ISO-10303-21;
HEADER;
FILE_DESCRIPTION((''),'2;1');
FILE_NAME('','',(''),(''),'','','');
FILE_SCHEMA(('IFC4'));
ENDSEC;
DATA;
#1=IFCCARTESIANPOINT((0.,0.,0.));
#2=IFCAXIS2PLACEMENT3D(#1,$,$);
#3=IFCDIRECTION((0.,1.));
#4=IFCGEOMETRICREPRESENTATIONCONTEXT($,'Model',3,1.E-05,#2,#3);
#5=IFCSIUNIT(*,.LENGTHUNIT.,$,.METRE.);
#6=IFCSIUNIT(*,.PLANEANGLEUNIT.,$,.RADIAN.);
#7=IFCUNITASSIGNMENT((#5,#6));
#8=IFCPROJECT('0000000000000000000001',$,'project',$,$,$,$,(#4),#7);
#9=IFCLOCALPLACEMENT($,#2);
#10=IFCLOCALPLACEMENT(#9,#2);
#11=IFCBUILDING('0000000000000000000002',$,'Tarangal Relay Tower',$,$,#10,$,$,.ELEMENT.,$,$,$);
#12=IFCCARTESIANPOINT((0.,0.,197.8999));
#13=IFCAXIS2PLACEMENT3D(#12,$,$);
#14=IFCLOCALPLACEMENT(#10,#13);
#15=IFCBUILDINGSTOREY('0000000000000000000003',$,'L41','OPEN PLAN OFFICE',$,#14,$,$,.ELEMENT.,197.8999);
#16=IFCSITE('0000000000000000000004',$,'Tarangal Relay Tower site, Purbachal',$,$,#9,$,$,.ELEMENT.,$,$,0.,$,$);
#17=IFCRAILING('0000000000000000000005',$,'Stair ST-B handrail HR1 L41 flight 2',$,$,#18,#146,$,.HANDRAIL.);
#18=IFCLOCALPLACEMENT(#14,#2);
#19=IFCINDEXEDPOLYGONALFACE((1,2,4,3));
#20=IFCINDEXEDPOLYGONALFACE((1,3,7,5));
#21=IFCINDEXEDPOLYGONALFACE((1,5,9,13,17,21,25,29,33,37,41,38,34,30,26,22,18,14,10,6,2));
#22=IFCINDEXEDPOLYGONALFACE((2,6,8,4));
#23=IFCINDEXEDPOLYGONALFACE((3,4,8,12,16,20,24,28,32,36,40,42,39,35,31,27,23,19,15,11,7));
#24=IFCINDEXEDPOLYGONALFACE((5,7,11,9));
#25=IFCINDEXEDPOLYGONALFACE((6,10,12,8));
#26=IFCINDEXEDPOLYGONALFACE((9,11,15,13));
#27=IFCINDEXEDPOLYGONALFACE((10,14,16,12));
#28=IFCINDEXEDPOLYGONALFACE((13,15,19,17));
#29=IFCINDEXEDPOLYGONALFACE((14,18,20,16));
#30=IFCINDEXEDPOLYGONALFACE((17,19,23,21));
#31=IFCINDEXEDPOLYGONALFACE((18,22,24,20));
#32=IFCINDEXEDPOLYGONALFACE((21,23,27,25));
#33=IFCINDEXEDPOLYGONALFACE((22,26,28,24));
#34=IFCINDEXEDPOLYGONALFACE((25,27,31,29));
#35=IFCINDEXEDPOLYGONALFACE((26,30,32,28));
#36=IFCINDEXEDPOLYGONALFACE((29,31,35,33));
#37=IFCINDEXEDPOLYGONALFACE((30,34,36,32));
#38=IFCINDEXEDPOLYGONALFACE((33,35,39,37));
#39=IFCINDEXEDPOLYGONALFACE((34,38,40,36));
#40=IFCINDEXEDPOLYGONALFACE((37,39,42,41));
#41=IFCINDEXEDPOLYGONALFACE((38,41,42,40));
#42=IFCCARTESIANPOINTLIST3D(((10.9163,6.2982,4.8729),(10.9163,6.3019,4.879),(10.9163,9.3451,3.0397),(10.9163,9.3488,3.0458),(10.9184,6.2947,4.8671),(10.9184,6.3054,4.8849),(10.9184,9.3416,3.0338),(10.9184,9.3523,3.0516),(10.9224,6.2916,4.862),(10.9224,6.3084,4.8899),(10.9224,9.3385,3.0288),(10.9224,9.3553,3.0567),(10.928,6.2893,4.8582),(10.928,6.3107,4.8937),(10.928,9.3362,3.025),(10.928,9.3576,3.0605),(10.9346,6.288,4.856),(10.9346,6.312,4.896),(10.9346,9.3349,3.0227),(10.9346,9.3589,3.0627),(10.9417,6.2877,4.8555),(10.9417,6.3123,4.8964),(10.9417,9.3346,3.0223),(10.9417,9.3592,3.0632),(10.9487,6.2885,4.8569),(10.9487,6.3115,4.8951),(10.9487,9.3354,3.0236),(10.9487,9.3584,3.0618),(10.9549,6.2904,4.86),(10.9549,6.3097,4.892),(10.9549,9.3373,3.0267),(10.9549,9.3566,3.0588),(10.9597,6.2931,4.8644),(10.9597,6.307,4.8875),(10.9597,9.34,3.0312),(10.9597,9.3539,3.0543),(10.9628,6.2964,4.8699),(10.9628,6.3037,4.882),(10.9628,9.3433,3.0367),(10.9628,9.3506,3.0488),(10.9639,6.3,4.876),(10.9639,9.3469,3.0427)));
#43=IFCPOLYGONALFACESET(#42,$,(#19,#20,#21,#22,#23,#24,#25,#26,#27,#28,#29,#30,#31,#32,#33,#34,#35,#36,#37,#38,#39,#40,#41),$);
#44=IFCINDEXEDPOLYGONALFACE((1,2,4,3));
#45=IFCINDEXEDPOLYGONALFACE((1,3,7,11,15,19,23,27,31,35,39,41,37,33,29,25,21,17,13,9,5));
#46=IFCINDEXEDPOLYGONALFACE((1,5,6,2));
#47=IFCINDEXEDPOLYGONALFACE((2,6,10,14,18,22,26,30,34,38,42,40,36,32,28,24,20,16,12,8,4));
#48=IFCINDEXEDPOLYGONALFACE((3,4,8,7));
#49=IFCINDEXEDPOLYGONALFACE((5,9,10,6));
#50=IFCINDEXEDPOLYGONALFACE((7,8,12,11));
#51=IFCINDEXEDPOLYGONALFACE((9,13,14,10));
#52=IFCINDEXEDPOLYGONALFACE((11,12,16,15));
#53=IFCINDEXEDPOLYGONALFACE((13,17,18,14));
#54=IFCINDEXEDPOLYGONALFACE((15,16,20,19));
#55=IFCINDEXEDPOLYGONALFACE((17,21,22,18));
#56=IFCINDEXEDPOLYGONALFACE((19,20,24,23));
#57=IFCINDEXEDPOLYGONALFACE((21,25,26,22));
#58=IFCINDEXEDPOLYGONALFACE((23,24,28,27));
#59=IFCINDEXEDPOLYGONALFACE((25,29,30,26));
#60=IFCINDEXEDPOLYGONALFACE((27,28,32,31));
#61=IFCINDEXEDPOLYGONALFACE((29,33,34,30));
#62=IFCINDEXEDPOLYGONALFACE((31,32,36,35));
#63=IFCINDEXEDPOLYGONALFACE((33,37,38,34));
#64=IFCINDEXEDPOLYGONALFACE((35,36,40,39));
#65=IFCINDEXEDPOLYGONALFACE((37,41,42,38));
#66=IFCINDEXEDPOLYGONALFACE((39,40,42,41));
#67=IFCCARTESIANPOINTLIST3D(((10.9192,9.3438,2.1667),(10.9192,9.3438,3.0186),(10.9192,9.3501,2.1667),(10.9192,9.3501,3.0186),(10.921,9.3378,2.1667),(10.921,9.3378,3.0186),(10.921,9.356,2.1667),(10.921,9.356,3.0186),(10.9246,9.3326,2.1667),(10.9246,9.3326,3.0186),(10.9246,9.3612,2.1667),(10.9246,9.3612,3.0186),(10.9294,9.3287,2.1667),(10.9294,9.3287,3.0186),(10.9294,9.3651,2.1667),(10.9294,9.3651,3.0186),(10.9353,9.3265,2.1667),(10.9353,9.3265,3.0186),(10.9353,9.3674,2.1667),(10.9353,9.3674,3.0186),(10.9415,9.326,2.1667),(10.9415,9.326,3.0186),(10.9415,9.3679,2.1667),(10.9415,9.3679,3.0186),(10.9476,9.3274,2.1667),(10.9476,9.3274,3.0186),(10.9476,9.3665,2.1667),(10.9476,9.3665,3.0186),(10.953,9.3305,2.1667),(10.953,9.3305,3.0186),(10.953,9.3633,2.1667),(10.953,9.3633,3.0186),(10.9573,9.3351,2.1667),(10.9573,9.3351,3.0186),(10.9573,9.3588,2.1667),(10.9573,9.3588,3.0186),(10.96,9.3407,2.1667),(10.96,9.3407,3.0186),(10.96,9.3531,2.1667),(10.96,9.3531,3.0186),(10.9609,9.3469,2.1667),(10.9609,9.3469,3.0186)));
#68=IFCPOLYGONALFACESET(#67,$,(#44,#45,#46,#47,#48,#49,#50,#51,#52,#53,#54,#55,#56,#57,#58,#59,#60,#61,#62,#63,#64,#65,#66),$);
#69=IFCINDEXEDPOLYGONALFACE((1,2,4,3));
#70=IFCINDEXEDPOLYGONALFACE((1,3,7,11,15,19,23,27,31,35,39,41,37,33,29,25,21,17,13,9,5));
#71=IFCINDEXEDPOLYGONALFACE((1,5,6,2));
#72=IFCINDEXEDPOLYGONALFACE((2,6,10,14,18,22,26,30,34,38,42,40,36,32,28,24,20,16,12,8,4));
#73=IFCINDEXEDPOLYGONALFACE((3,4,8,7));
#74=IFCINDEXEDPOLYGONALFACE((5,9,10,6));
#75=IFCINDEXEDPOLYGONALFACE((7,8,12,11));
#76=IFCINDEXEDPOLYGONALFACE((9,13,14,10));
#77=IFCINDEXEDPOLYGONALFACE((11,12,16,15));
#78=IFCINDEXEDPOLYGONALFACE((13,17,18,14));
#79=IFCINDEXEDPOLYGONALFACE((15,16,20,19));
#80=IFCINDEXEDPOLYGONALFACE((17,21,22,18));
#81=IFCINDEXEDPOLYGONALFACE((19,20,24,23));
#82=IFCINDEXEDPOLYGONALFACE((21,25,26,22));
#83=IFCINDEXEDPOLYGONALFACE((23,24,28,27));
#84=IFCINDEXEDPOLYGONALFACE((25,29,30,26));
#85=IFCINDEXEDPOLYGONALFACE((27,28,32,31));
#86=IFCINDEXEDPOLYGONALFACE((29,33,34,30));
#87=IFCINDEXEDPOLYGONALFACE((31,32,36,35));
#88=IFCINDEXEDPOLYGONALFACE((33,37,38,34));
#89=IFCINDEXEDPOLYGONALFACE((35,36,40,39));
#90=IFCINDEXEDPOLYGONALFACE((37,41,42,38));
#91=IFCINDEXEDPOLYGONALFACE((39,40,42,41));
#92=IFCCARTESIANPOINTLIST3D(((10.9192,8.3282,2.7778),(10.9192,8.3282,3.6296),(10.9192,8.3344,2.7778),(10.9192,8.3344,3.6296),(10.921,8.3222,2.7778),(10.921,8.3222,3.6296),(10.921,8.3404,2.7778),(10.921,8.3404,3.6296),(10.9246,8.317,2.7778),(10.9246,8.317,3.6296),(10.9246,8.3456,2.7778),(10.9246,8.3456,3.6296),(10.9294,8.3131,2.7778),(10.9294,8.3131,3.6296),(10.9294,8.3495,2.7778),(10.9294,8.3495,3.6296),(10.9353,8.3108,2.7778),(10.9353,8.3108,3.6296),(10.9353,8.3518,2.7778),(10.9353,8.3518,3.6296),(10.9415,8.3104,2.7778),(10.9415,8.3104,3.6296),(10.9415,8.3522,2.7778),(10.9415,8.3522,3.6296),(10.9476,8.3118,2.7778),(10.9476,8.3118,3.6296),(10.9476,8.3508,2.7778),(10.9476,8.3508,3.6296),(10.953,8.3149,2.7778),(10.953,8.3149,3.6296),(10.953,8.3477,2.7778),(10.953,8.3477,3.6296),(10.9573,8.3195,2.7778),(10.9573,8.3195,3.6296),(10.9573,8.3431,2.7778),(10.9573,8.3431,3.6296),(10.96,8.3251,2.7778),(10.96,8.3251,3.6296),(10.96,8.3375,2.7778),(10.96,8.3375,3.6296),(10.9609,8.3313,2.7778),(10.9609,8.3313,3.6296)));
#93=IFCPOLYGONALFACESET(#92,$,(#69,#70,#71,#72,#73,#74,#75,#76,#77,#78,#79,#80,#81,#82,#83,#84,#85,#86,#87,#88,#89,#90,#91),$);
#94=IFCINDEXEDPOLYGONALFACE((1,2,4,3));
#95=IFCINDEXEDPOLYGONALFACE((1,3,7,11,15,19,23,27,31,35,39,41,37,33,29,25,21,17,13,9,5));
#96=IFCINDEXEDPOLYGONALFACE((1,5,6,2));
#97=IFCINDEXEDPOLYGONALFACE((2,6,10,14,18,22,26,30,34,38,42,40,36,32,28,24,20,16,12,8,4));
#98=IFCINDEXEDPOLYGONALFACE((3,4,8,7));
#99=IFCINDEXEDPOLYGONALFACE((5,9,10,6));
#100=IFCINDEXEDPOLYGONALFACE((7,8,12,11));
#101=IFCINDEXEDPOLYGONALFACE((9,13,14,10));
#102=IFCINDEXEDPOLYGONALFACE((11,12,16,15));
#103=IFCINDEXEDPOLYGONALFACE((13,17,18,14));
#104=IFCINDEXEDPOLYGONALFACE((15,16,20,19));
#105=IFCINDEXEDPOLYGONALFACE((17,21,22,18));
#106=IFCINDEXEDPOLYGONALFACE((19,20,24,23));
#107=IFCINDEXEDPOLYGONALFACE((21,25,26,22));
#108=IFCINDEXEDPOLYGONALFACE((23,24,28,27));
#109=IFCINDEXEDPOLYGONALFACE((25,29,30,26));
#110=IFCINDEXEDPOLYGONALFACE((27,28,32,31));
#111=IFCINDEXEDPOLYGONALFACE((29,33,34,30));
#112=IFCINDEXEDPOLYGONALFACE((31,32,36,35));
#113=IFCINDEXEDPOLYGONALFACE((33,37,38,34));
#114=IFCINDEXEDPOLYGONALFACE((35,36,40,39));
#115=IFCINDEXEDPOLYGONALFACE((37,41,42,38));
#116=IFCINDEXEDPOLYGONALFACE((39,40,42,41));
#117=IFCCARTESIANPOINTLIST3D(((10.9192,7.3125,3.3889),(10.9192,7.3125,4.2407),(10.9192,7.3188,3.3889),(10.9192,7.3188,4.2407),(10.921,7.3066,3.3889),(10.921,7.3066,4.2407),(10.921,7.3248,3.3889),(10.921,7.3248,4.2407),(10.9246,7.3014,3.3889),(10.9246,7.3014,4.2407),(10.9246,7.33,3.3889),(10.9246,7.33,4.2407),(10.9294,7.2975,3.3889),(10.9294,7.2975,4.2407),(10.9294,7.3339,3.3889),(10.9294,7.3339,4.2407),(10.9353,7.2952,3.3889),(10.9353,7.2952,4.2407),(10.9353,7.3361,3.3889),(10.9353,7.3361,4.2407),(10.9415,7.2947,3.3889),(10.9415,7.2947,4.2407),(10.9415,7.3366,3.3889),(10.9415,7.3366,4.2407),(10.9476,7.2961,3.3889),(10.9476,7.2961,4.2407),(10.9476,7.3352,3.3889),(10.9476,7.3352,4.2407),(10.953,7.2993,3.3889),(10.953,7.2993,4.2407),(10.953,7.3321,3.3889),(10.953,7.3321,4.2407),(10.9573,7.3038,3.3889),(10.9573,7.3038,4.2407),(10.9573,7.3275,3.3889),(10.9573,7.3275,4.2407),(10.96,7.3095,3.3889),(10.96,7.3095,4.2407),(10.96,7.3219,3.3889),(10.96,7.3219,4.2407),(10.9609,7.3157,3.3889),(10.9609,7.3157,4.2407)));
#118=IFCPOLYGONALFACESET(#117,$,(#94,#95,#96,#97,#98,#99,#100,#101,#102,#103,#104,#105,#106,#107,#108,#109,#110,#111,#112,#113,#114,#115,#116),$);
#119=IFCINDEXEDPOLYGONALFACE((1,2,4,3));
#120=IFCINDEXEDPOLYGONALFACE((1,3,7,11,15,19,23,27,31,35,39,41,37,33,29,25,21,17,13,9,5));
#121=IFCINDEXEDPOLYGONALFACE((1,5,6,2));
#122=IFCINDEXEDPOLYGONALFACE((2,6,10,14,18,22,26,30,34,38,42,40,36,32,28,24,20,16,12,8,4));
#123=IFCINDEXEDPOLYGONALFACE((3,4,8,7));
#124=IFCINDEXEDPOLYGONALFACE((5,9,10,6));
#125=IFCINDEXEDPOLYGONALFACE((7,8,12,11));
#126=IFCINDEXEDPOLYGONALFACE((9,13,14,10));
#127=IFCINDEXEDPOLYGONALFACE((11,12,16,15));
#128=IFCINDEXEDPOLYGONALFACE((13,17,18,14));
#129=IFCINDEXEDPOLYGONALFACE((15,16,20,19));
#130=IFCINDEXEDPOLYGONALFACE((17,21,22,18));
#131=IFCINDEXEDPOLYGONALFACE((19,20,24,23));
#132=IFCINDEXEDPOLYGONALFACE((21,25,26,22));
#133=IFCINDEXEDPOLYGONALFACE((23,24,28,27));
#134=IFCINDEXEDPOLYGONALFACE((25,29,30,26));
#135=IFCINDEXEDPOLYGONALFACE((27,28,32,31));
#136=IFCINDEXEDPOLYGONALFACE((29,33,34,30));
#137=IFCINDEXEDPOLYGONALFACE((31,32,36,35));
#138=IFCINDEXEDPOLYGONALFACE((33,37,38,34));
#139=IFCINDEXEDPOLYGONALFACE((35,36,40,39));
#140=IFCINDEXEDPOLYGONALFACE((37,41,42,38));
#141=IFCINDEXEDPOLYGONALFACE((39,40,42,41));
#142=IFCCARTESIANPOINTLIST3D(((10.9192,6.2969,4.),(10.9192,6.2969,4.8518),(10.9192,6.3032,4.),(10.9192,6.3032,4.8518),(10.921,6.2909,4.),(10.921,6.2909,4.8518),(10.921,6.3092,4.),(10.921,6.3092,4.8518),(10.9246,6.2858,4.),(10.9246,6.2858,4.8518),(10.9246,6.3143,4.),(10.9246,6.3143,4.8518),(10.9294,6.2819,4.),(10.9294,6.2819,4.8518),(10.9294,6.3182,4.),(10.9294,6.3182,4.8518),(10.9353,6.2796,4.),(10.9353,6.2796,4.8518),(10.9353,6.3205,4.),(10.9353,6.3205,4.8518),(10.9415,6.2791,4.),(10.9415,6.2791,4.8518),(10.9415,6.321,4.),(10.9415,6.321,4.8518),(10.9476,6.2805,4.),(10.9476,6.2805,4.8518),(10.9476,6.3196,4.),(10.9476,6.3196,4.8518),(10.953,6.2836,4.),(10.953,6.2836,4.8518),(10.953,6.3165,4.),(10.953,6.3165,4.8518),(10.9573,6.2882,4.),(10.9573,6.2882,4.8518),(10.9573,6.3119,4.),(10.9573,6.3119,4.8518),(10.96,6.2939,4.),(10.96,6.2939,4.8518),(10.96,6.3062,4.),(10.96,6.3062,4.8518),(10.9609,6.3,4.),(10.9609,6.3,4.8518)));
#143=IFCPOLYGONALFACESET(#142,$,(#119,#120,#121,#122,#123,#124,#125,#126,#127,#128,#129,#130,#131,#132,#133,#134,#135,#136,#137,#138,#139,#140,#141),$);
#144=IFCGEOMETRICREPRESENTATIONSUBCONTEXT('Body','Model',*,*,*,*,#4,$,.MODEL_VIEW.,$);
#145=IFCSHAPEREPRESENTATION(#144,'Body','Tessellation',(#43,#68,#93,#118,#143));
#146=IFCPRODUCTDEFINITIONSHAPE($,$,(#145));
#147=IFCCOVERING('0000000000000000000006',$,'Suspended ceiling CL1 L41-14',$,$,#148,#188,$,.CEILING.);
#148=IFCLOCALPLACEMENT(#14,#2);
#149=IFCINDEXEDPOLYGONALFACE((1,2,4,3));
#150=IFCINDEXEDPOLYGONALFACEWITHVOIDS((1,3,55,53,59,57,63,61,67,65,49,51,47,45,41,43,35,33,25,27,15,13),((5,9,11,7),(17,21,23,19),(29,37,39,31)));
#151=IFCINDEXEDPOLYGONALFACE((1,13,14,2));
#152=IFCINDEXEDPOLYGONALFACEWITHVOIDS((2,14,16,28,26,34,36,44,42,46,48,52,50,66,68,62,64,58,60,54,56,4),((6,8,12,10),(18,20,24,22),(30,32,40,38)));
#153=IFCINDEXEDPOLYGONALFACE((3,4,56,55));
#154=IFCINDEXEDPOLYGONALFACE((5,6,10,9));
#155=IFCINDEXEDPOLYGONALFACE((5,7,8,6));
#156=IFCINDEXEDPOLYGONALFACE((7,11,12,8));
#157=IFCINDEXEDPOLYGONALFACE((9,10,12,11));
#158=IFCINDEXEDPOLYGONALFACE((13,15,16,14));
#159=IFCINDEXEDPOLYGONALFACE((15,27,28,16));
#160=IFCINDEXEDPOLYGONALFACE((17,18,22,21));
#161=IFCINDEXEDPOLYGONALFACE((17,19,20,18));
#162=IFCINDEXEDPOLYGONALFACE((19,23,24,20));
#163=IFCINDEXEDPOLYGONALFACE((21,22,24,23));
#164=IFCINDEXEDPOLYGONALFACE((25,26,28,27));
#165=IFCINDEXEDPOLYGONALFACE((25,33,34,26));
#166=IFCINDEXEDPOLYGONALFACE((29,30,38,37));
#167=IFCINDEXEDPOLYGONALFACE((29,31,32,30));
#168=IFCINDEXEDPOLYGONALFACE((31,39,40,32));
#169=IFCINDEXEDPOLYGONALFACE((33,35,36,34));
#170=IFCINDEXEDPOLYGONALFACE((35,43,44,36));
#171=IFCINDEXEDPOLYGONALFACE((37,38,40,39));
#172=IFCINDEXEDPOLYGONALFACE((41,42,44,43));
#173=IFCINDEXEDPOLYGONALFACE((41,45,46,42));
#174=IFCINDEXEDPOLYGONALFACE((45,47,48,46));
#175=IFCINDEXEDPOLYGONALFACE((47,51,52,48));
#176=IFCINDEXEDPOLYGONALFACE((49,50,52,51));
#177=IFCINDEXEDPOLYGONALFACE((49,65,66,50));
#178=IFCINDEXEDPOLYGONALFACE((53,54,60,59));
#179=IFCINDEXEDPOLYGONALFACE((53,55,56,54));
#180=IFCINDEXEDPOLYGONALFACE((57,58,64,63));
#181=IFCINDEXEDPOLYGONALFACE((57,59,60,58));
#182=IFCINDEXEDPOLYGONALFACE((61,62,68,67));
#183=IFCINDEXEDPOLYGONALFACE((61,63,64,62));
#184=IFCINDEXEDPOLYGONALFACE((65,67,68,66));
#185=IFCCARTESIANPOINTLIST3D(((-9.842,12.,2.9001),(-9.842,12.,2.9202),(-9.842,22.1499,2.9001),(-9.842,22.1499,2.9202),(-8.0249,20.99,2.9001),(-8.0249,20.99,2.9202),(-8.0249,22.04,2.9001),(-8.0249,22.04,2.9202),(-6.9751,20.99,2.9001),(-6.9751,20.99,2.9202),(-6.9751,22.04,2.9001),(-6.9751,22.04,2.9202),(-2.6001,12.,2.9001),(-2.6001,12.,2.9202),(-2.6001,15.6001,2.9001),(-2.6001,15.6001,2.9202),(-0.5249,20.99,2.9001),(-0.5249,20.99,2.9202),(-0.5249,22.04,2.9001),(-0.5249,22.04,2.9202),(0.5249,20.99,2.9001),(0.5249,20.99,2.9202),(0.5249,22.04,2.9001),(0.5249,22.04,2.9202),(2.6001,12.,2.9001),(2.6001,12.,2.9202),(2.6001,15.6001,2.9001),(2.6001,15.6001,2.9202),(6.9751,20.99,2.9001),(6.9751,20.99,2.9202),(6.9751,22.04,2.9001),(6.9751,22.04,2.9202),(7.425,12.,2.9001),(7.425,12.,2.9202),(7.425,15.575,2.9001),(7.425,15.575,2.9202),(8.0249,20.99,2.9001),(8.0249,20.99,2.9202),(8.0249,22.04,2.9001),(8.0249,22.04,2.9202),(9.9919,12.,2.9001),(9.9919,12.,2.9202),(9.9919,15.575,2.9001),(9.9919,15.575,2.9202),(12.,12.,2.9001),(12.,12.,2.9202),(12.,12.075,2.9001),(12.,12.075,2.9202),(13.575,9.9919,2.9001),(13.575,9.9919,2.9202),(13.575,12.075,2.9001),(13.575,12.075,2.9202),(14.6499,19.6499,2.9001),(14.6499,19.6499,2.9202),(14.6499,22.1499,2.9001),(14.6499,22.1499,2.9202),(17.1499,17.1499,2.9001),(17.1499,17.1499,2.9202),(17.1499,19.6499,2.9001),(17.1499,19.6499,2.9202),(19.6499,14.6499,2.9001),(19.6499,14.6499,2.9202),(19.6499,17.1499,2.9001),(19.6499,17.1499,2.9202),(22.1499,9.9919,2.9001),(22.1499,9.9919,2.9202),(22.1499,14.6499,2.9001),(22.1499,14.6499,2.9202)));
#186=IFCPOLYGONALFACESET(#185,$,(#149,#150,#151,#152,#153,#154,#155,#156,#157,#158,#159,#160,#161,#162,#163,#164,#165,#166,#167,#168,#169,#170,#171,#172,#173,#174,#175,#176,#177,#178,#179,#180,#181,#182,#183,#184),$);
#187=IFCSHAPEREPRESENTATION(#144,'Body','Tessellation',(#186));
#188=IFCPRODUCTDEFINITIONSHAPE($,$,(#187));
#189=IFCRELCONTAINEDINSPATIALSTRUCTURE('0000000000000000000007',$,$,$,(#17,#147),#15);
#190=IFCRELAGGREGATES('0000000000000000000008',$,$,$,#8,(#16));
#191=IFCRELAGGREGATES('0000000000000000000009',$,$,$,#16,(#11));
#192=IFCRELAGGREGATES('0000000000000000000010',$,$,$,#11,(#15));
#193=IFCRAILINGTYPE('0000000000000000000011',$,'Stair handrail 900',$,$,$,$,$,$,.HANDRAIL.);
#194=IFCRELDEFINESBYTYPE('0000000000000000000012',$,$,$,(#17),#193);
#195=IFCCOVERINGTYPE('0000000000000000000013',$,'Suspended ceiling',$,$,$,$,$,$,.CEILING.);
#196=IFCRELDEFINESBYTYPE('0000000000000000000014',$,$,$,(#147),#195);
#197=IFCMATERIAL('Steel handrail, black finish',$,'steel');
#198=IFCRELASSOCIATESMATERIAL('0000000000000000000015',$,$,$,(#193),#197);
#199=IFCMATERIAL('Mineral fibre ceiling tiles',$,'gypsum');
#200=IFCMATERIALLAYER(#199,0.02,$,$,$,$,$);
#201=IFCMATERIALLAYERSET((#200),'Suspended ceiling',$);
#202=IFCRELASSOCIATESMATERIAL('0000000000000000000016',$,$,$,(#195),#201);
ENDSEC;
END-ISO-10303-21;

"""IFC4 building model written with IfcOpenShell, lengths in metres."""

from ifc_helpers import new_model, si_unit, direction, frame, origin, origin_2d, place, context, subcontext, project, spatial, polyline, circle, outline, extrude, material, layer, layer_set, type_object, element, save


model = new_model("IFC4")

# Units and contexts
model_context = context("Model", 3, precision=1e-05, world=origin(), true_north=direction((0.0, 1.0)))
body_context = subcontext(model_context, "Body", "Model", "MODEL_VIEW")
ifc_project = project(units=[si_unit("LENGTHUNIT", "METRE"), si_unit("PLANEANGLEUNIT", "RADIAN")], contexts=[model_context])

# Site, building, storey
site_placement = place(None, origin())
site = spatial("IfcSite", under=ifc_project, at=site_placement, Name="Tarangal Relay Tower site, Purbachal", CompositionType="ELEMENT", RefElevation=0.0)
building_placement = place(site_placement, origin())
building = spatial("IfcBuilding", under=site, at=building_placement, Name="Tarangal Relay Tower", CompositionType="ELEMENT")
storey_placement = place(building_placement, frame((0.0, 0.0, 197.8999)))
storey = spatial("IfcBuildingStorey", under=building, at=storey_placement, Name="L41", Description="OPEN PLAN OFFICE", CompositionType="ELEMENT", Elevation=197.8999)

# Railing
ifc_material_1 = material(Name="Steel handrail, black finish", Category="steel")
railing_type_1 = type_object("IfcRailingType", Name="Stair handrail 900", PredefinedType="HANDRAIL", material=ifc_material_1)
railing_1_placement = place(storey_placement, frame((10.9399, 9.3469, 2.1667)))
element("IfcRailing", 1, at=railing_1_placement, inside=storey, type_object=railing_type_1, Name="Stair ST-B handrail HR1 L41 flight 2", PredefinedType="HANDRAIL", context=body_context, shape_type="SweptSolid", body=[
    extrude(circle(Radius=0.0239, at=origin_2d()), frame((0.0, 0.0, 0.876), z_axis=(0.0, -0.856856, 0.515556), x_axis=(1.0, 0.0, 0.0)), (0.0, 0.0, 1.0), 3.5559),
    extrude(circle(Radius=0.021, at=origin_2d()), origin(), (0.0, 0.0, 1.0), 0.8518),
    extrude(circle(Radius=0.021, at=origin_2d()), frame((0.0, -1.0156, 0.6111)), (0.0, 0.0, 1.0), 0.8518),
    extrude(circle(Radius=0.021, at=origin_2d()), frame((0.0, -2.0312, 1.2222)), (0.0, 0.0, 1.0), 0.8518),
    extrude(circle(Radius=0.021, at=origin_2d()), frame((0.0, -3.0469, 1.8333)), (0.0, 0.0, 1.0), 0.8518),
])

# Covering
ifc_material_2 = material(Name="Mineral fibre ceiling tiles", Category="gypsum")
ifc_layer_1 = layer(ifc_material_2, 0.02)
ifc_layer_set_1 = layer_set([ifc_layer_1], Name="Suspended ceiling")
covering_type = type_object("IfcCoveringType", Name="Suspended ceiling", PredefinedType="CEILING", material=ifc_layer_set_1)
covering_1_placement = place(storey_placement, frame((0.0, 0.0, 2.9001)))
element("IfcCovering", 2, at=covering_1_placement, inside=storey, type_object=covering_type, Name="Suspended ceiling CL1 L41-14", PredefinedType="CEILING", context=body_context, shape_type="SweptSolid", body=[
    extrude(outline(polyline([(7.425, 12.0), (7.425, 15.575), (9.9919, 15.575), (9.9919, 12.0), (12.0, 12.0), (12.0, 12.075), (13.575, 12.075), (13.575, 9.9919), (22.1499, 9.9919), (22.1499, 14.6499), (19.6499, 14.6499), (19.6499, 17.1499), (17.1499, 17.1499), (17.1499, 19.6499), (14.6499, 19.6499), (14.6499, 22.1499), (-9.842, 22.1499), (-9.842, 12.0), (-2.6001, 12.0), (-2.6001, 15.6001), (2.6001, 15.6001), (2.6001, 12.0), (7.425, 12.0)]), holes=[polyline([(-6.9751, 20.99), (-6.9751, 22.04), (-8.0249, 22.04), (-8.0249, 20.99), (-6.9751, 20.99)]), polyline([(-0.5249, 20.99), (0.5249, 20.99), (0.5249, 22.04), (-0.5249, 22.04), (-0.5249, 20.99)]), polyline([(6.9751, 20.99), (8.0249, 20.99), (8.0249, 22.04), (6.9751, 22.04), (6.9751, 20.99)])]), origin(), (0.0, 0.0, 1.0), 0.02),
])

save(model, "model.ifc")
